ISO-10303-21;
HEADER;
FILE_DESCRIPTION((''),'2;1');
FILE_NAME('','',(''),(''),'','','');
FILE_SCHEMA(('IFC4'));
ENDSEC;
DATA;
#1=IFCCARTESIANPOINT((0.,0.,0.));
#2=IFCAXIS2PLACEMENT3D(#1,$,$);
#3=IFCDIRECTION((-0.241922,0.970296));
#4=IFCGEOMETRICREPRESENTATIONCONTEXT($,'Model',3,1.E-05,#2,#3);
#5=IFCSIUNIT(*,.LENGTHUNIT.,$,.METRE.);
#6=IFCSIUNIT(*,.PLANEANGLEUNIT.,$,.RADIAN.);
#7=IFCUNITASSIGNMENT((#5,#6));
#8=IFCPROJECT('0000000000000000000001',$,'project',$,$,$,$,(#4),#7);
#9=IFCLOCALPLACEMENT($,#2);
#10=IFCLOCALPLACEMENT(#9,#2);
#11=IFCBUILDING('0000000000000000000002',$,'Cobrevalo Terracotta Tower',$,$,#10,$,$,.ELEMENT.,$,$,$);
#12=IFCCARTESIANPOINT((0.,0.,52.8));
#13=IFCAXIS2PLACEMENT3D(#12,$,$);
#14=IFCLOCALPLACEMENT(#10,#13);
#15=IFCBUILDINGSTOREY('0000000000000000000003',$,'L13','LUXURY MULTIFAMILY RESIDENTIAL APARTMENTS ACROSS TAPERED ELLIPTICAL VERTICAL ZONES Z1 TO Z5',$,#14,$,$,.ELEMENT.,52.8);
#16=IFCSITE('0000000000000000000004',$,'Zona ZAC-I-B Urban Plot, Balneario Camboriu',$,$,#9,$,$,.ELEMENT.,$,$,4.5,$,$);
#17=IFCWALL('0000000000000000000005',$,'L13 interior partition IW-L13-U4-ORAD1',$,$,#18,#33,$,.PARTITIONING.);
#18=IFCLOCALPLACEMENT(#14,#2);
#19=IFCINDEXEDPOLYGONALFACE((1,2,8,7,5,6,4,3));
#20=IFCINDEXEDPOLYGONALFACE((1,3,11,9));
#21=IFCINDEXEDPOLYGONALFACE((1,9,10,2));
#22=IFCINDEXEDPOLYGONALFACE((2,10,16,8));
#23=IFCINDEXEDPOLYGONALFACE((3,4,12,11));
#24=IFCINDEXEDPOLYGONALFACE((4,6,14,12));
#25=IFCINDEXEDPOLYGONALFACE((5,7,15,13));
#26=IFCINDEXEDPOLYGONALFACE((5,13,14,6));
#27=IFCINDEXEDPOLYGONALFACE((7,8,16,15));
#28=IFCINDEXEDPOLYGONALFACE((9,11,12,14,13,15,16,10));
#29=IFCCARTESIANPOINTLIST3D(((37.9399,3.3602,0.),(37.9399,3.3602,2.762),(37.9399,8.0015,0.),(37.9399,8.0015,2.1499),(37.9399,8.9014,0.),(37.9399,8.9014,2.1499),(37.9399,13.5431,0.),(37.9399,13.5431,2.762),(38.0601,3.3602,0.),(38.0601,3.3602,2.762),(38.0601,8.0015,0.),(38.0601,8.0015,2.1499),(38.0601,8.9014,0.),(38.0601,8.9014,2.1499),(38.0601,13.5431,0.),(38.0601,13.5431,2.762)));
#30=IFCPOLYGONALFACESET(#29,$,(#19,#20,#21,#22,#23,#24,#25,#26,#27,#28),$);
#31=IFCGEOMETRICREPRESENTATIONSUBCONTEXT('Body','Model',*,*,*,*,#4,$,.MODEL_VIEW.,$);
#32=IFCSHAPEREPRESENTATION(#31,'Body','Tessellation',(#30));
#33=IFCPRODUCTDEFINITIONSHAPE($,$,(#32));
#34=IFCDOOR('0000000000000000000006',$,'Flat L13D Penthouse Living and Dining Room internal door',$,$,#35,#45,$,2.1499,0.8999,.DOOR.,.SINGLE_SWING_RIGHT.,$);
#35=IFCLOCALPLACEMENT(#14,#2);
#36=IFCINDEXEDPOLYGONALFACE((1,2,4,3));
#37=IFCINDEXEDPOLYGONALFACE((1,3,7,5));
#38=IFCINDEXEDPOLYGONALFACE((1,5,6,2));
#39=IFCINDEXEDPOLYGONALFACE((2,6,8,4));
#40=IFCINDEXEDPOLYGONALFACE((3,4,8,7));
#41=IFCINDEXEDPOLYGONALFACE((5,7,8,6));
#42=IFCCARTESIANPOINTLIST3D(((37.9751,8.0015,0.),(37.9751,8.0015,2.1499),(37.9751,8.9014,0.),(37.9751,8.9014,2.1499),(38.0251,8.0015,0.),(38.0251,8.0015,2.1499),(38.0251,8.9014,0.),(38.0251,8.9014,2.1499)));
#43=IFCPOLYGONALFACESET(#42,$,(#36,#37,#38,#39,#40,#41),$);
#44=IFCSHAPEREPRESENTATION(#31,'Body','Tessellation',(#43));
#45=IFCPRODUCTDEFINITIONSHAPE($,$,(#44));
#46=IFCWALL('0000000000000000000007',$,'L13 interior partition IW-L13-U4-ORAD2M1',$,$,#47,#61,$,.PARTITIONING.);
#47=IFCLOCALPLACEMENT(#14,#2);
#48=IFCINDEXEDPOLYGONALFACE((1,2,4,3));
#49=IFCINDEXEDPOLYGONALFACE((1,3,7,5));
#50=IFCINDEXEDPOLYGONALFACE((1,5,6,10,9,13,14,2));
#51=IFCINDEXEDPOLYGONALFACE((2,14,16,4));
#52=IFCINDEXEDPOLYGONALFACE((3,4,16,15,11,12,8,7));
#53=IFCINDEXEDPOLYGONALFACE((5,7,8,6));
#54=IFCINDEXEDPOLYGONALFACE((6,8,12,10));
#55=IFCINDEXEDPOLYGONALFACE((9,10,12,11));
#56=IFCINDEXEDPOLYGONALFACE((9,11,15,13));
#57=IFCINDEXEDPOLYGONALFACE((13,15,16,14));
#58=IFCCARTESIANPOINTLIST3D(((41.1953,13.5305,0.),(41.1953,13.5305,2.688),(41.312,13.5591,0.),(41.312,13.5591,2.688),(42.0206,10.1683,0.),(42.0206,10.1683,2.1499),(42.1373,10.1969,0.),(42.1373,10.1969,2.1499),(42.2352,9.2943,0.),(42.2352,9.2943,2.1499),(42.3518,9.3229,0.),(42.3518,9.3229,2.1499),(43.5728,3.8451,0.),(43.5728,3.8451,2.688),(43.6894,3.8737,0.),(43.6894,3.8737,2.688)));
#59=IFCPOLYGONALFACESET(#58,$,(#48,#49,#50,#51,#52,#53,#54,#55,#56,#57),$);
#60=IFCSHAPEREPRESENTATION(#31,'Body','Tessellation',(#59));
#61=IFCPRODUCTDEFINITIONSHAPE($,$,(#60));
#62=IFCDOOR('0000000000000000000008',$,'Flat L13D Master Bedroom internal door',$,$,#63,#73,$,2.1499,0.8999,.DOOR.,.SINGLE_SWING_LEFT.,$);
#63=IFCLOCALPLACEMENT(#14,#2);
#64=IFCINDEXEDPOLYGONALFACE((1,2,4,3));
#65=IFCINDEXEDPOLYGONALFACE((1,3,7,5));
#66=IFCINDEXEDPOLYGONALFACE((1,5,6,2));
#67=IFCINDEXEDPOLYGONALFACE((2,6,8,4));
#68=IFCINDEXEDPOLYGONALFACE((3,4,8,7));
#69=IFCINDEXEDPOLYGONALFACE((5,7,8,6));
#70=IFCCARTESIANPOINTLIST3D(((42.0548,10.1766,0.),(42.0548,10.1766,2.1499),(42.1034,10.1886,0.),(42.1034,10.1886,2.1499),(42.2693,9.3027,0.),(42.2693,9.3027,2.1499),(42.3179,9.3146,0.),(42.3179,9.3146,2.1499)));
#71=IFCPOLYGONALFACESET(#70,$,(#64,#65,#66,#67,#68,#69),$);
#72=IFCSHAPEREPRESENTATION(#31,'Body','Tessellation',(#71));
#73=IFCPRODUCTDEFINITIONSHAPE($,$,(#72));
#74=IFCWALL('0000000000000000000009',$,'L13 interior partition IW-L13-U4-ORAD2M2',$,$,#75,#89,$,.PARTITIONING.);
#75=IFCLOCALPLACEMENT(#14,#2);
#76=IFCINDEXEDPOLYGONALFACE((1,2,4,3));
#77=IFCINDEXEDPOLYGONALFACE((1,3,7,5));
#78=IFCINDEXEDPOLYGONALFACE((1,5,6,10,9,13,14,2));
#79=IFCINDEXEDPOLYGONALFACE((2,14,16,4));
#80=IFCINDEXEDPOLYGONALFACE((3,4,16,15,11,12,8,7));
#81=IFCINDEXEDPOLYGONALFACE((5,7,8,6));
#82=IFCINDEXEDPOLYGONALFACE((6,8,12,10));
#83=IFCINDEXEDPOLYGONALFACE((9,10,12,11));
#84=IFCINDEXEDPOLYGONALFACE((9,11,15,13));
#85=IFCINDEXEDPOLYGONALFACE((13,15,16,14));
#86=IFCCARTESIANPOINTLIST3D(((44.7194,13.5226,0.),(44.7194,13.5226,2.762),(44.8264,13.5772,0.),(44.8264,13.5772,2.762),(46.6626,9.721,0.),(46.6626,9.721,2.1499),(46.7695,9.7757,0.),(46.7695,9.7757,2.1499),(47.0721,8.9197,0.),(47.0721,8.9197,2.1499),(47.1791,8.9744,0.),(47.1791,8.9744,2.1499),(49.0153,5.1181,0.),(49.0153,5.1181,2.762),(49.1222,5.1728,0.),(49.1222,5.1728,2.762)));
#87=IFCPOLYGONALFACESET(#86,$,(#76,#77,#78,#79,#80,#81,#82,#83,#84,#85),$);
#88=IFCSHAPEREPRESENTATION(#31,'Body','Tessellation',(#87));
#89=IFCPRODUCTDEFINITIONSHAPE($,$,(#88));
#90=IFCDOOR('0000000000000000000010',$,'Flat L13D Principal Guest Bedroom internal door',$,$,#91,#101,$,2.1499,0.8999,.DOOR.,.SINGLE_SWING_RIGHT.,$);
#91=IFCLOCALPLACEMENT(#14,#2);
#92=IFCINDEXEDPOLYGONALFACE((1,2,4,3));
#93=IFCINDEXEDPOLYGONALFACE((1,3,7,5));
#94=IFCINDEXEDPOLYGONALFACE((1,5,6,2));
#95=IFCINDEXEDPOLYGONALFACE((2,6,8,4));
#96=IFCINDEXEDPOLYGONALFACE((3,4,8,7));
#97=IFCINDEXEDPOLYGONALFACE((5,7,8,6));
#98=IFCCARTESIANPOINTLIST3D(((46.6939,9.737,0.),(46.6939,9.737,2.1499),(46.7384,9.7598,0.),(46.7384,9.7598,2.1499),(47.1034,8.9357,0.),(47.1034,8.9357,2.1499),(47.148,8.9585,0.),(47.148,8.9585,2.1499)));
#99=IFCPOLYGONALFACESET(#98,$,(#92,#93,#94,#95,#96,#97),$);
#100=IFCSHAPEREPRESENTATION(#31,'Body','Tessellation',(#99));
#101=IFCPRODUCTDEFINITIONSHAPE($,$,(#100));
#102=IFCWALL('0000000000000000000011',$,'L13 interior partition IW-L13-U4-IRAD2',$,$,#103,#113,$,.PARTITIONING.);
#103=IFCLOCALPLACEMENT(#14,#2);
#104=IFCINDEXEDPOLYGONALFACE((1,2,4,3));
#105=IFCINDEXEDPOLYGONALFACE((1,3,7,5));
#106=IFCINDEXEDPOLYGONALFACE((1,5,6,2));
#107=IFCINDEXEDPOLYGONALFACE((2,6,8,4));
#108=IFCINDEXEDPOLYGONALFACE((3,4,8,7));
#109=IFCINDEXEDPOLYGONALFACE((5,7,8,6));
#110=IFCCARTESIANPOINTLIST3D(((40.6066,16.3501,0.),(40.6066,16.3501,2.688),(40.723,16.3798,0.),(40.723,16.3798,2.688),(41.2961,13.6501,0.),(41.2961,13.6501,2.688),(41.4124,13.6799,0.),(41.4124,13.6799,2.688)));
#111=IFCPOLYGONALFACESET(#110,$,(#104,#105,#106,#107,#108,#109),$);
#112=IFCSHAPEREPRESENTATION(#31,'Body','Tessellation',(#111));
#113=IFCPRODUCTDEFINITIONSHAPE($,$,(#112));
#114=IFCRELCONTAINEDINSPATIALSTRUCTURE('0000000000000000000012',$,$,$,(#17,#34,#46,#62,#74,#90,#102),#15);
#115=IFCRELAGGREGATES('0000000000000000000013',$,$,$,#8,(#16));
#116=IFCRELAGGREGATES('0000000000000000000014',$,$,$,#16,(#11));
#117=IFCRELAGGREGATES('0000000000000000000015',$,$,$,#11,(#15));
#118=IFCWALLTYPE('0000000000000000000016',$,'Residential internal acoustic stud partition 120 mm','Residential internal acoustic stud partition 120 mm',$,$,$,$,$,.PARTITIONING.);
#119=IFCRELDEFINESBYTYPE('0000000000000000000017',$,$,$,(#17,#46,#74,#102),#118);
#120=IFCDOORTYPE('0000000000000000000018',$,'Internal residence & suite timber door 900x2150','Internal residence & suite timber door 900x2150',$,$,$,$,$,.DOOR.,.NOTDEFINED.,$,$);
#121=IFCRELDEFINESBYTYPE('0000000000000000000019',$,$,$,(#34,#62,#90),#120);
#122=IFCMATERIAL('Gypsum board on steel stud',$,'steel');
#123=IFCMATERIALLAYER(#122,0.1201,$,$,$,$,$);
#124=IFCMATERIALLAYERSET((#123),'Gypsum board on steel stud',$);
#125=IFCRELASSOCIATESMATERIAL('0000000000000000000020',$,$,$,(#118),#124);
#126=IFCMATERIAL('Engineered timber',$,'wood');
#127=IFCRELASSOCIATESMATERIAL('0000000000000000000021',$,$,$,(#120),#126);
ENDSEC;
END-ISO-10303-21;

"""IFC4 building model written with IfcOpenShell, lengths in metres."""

from ifc_helpers import new_model, si_unit, direction, frame, frame_2d, origin, place, context, subcontext, project, spatial, rectangle, extrude, source, transform, mapped, material, layer, layer_set, type_object, element, fill, save


model = new_model("IFC4")

# Units and contexts
model_context = context("Model", 3, precision=1e-05, world=origin(), true_north=direction((-0.241922, 0.970296)))
body_context = subcontext(model_context, "Body", "Model", "MODEL_VIEW")
ifc_project = project(units=[si_unit("LENGTHUNIT", "METRE"), si_unit("PLANEANGLEUNIT", "RADIAN")], contexts=[model_context])

# Site, building, storey
site_placement = place(None, origin())
site = spatial("IfcSite", under=ifc_project, at=site_placement, Name="Zona ZAC-I-B Urban Plot, Balneario Camboriu", CompositionType="ELEMENT", RefElevation=4.5)
building_placement = place(site_placement, origin())
building = spatial("IfcBuilding", under=site, at=building_placement, Name="Cobrevalo Terracotta Tower", CompositionType="ELEMENT")
storey_placement = place(building_placement, frame((0.0, 0.0, 52.8)))
storey = spatial("IfcBuildingStorey", under=building, at=storey_placement, Name="L13", Description="LUXURY MULTIFAMILY RESIDENTIAL APARTMENTS ACROSS TAPERED ELLIPTICAL VERTICAL ZONES Z1 TO Z5", CompositionType="ELEMENT", Elevation=52.8)

# Walls, openings, doors
ifc_material_1 = material(Name="Gypsum board on steel stud", Category="steel")
ifc_layer_1 = layer(ifc_material_1, 0.1201)
ifc_layer_set_1 = layer_set([ifc_layer_1], Name="Gypsum board on steel stud")
wall_type = type_object("IfcWallType", Name="Residential internal acoustic stud partition 120 mm", Description="Residential internal acoustic stud partition 120 mm", PredefinedType="PARTITIONING", material=ifc_layer_set_1)
wall_1_placement = place(storey_placement, frame((38.0, 13.543, 0.0), z_axis=(0.0, 0.0, 1.0), x_axis=(0.0, -1.0, 0.0)))
wall_1 = element("IfcWall", 1, at=wall_1_placement, inside=storey, type_object=wall_type, Name="L13 interior partition IW-L13-U4-ORAD1", PredefinedType="PARTITIONING", context=body_context, shape_type="SweptSolid", body=[
    extrude(rectangle(XDim=10.1829, YDim=0.1201, at=frame_2d((5.0913, 0.0))), origin(), (0.0, 0.0, 1.0), 2.762),
])
opening_1_placement = place(wall_1_placement, frame((4.6416, 0.0, 0.0)))
opening_1 = element("IfcOpeningElement", 2, at=opening_1_placement, cuts=wall_1, PredefinedType="OPENING", context=body_context, shape_type="SweptSolid", body=[
    extrude(rectangle(XDim=0.8999, YDim=2.1499, at=frame_2d((0.45, 1.075))), frame((0.0, 0.0701, 0.0), z_axis=(0.0, -1.0, 0.0), x_axis=(1.0, 0.0, 0.0)), (0.0, 0.0, 1.0), 0.1401),
])
ifc_material_2 = material(Name="Engineered timber", Category="wood")
door_type_1 = type_object("IfcDoorType", Name="Internal residence & suite timber door 900x2150", Description="Internal residence & suite timber door 900x2150", OperationType="NOTDEFINED", PredefinedType="DOOR", material=ifc_material_2)
shared_shape_1 = source(origin(), body_context, "Body", "SweptSolid", [
    extrude(rectangle(XDim=0.8999, YDim=2.1499, at=frame_2d((0.45, 1.075))), frame((0.0, 0.0249, 0.0), z_axis=(0.0, -1.0, 0.0), x_axis=(1.0, 0.0, 0.0)), (0.0, 0.0, 1.0), 0.05),
])
door_1_placement = place(opening_1_placement, frame((0.8999, 0.0, 0.0), z_axis=(0.0, 0.0, 1.0), x_axis=(-1.0, 0.0, 0.0)))
door_1 = element("IfcDoor", 3, at=door_1_placement, inside=storey, type_object=door_type_1, Name="Flat L13D Penthouse Living and Dining Room internal door", OperationType="SINGLE_SWING_RIGHT", OverallHeight=2.1499, OverallWidth=0.8999, PredefinedType="DOOR", context=body_context, shape_type="MappedRepresentation", body=[
    mapped(shared_shape_1, transform((0.0, 0.0, 0.0), scale=1.0)),
])
fill(opening_1, door_1)
wall_2_placement = place(storey_placement, frame((41.2537, 13.5447, 0.0), z_axis=(0.0, 0.0, 1.0), x_axis=(0.238392, -0.971169, 0.0)))
wall_2 = element("IfcWall", 4, at=wall_2_placement, inside=storey, type_object=wall_type, Name="L13 interior partition IW-L13-U4-ORAD2M1", PredefinedType="PARTITIONING", context=body_context, shape_type="SweptSolid", body=[
    extrude(rectangle(XDim=9.9729, YDim=0.1201, at=frame_2d((4.9863, 0.0))), origin(), (0.0, 0.0, 1.0), 2.688),
])
opening_2_placement = place(wall_2_placement, frame((3.4619, 0.0, 0.0)))
opening_2 = element("IfcOpeningElement", 5, at=opening_2_placement, cuts=wall_2, PredefinedType="OPENING", context=body_context, shape_type="SweptSolid", body=[
    extrude(rectangle(XDim=0.8999, YDim=2.1499, at=frame_2d((0.45, 1.075))), frame((0.0, 0.0701, 0.0), z_axis=(0.0, -1.0, 0.0), x_axis=(1.0, 0.0, 0.0)), (0.0, 0.0, 1.0), 0.1401),
])
door_2_placement = place(opening_2_placement, frame((0.8999, 0.0, 0.0), z_axis=(0.0, 0.0, 1.0), x_axis=(-1.0, 0.0, 0.0)))
door_2 = element("IfcDoor", 6, at=door_2_placement, inside=storey, type_object=door_type_1, Name="Flat L13D Master Bedroom internal door", OperationType="SINGLE_SWING_LEFT", OverallHeight=2.1499, OverallWidth=0.8999, PredefinedType="DOOR", context=body_context, shape_type="MappedRepresentation", body=[
    mapped(shared_shape_1, transform((0.0, 0.0, 0.0), scale=1.0)),
])
fill(opening_2, door_2)
wall_3_placement = place(storey_placement, frame((44.7729, 13.5498, 0.0), z_axis=(0.0, 0.0, 1.0), x_axis=(0.455132, -0.890424, 0.0)))
wall_3 = element("IfcWall", 7, at=wall_3_placement, inside=storey, type_object=wall_type, Name="L13 interior partition IW-L13-U4-ORAD2M2", PredefinedType="PARTITIONING", context=body_context, shape_type="SweptSolid", body=[
    extrude(rectangle(XDim=9.4387, YDim=0.1201, at=frame_2d((4.7192, 0.0))), origin(), (0.0, 0.0, 1.0), 2.762),
])
opening_3_placement = place(wall_3_placement, frame((4.2693, 0.0, 0.0)))
opening_3 = element("IfcOpeningElement", 8, at=opening_3_placement, cuts=wall_3, PredefinedType="OPENING", context=body_context, shape_type="SweptSolid", body=[
    extrude(rectangle(XDim=0.8999, YDim=2.1499, at=frame_2d((0.45, 1.075))), frame((0.0, 0.0701, 0.0), z_axis=(0.0, -1.0, 0.0), x_axis=(1.0, 0.0, 0.0)), (0.0, 0.0, 1.0), 0.1401),
])
door_3_placement = place(opening_3_placement, frame((0.8999, 0.0, 0.0), z_axis=(0.0, 0.0, 1.0), x_axis=(-1.0, 0.0, 0.0)))
door_3 = element("IfcDoor", 9, at=door_3_placement, inside=storey, type_object=door_type_1, Name="Flat L13D Principal Guest Bedroom internal door", OperationType="SINGLE_SWING_RIGHT", OverallHeight=2.1499, OverallWidth=0.8999, PredefinedType="DOOR", context=body_context, shape_type="MappedRepresentation", body=[
    mapped(shared_shape_1, transform((0.0, 0.0, 0.0), scale=1.0)),
])
fill(opening_3, door_3)

# Wall
wall_4_placement = place(storey_placement, frame((40.6648, 16.365, 0.0), z_axis=(0.0, 0.0, 1.0), x_axis=(0.247418, -0.968909, 0.0)))
element("IfcWall", 10, at=wall_4_placement, inside=storey, type_object=wall_type, Name="L13 interior partition IW-L13-U4-IRAD2", PredefinedType="PARTITIONING", context=body_context, shape_type="SweptSolid", body=[
    extrude(rectangle(XDim=2.7866, YDim=0.1201, at=frame_2d((1.3933, 0.0))), origin(), (0.0, 0.0, 1.0), 2.688),
])

save(model, "model.ifc")
